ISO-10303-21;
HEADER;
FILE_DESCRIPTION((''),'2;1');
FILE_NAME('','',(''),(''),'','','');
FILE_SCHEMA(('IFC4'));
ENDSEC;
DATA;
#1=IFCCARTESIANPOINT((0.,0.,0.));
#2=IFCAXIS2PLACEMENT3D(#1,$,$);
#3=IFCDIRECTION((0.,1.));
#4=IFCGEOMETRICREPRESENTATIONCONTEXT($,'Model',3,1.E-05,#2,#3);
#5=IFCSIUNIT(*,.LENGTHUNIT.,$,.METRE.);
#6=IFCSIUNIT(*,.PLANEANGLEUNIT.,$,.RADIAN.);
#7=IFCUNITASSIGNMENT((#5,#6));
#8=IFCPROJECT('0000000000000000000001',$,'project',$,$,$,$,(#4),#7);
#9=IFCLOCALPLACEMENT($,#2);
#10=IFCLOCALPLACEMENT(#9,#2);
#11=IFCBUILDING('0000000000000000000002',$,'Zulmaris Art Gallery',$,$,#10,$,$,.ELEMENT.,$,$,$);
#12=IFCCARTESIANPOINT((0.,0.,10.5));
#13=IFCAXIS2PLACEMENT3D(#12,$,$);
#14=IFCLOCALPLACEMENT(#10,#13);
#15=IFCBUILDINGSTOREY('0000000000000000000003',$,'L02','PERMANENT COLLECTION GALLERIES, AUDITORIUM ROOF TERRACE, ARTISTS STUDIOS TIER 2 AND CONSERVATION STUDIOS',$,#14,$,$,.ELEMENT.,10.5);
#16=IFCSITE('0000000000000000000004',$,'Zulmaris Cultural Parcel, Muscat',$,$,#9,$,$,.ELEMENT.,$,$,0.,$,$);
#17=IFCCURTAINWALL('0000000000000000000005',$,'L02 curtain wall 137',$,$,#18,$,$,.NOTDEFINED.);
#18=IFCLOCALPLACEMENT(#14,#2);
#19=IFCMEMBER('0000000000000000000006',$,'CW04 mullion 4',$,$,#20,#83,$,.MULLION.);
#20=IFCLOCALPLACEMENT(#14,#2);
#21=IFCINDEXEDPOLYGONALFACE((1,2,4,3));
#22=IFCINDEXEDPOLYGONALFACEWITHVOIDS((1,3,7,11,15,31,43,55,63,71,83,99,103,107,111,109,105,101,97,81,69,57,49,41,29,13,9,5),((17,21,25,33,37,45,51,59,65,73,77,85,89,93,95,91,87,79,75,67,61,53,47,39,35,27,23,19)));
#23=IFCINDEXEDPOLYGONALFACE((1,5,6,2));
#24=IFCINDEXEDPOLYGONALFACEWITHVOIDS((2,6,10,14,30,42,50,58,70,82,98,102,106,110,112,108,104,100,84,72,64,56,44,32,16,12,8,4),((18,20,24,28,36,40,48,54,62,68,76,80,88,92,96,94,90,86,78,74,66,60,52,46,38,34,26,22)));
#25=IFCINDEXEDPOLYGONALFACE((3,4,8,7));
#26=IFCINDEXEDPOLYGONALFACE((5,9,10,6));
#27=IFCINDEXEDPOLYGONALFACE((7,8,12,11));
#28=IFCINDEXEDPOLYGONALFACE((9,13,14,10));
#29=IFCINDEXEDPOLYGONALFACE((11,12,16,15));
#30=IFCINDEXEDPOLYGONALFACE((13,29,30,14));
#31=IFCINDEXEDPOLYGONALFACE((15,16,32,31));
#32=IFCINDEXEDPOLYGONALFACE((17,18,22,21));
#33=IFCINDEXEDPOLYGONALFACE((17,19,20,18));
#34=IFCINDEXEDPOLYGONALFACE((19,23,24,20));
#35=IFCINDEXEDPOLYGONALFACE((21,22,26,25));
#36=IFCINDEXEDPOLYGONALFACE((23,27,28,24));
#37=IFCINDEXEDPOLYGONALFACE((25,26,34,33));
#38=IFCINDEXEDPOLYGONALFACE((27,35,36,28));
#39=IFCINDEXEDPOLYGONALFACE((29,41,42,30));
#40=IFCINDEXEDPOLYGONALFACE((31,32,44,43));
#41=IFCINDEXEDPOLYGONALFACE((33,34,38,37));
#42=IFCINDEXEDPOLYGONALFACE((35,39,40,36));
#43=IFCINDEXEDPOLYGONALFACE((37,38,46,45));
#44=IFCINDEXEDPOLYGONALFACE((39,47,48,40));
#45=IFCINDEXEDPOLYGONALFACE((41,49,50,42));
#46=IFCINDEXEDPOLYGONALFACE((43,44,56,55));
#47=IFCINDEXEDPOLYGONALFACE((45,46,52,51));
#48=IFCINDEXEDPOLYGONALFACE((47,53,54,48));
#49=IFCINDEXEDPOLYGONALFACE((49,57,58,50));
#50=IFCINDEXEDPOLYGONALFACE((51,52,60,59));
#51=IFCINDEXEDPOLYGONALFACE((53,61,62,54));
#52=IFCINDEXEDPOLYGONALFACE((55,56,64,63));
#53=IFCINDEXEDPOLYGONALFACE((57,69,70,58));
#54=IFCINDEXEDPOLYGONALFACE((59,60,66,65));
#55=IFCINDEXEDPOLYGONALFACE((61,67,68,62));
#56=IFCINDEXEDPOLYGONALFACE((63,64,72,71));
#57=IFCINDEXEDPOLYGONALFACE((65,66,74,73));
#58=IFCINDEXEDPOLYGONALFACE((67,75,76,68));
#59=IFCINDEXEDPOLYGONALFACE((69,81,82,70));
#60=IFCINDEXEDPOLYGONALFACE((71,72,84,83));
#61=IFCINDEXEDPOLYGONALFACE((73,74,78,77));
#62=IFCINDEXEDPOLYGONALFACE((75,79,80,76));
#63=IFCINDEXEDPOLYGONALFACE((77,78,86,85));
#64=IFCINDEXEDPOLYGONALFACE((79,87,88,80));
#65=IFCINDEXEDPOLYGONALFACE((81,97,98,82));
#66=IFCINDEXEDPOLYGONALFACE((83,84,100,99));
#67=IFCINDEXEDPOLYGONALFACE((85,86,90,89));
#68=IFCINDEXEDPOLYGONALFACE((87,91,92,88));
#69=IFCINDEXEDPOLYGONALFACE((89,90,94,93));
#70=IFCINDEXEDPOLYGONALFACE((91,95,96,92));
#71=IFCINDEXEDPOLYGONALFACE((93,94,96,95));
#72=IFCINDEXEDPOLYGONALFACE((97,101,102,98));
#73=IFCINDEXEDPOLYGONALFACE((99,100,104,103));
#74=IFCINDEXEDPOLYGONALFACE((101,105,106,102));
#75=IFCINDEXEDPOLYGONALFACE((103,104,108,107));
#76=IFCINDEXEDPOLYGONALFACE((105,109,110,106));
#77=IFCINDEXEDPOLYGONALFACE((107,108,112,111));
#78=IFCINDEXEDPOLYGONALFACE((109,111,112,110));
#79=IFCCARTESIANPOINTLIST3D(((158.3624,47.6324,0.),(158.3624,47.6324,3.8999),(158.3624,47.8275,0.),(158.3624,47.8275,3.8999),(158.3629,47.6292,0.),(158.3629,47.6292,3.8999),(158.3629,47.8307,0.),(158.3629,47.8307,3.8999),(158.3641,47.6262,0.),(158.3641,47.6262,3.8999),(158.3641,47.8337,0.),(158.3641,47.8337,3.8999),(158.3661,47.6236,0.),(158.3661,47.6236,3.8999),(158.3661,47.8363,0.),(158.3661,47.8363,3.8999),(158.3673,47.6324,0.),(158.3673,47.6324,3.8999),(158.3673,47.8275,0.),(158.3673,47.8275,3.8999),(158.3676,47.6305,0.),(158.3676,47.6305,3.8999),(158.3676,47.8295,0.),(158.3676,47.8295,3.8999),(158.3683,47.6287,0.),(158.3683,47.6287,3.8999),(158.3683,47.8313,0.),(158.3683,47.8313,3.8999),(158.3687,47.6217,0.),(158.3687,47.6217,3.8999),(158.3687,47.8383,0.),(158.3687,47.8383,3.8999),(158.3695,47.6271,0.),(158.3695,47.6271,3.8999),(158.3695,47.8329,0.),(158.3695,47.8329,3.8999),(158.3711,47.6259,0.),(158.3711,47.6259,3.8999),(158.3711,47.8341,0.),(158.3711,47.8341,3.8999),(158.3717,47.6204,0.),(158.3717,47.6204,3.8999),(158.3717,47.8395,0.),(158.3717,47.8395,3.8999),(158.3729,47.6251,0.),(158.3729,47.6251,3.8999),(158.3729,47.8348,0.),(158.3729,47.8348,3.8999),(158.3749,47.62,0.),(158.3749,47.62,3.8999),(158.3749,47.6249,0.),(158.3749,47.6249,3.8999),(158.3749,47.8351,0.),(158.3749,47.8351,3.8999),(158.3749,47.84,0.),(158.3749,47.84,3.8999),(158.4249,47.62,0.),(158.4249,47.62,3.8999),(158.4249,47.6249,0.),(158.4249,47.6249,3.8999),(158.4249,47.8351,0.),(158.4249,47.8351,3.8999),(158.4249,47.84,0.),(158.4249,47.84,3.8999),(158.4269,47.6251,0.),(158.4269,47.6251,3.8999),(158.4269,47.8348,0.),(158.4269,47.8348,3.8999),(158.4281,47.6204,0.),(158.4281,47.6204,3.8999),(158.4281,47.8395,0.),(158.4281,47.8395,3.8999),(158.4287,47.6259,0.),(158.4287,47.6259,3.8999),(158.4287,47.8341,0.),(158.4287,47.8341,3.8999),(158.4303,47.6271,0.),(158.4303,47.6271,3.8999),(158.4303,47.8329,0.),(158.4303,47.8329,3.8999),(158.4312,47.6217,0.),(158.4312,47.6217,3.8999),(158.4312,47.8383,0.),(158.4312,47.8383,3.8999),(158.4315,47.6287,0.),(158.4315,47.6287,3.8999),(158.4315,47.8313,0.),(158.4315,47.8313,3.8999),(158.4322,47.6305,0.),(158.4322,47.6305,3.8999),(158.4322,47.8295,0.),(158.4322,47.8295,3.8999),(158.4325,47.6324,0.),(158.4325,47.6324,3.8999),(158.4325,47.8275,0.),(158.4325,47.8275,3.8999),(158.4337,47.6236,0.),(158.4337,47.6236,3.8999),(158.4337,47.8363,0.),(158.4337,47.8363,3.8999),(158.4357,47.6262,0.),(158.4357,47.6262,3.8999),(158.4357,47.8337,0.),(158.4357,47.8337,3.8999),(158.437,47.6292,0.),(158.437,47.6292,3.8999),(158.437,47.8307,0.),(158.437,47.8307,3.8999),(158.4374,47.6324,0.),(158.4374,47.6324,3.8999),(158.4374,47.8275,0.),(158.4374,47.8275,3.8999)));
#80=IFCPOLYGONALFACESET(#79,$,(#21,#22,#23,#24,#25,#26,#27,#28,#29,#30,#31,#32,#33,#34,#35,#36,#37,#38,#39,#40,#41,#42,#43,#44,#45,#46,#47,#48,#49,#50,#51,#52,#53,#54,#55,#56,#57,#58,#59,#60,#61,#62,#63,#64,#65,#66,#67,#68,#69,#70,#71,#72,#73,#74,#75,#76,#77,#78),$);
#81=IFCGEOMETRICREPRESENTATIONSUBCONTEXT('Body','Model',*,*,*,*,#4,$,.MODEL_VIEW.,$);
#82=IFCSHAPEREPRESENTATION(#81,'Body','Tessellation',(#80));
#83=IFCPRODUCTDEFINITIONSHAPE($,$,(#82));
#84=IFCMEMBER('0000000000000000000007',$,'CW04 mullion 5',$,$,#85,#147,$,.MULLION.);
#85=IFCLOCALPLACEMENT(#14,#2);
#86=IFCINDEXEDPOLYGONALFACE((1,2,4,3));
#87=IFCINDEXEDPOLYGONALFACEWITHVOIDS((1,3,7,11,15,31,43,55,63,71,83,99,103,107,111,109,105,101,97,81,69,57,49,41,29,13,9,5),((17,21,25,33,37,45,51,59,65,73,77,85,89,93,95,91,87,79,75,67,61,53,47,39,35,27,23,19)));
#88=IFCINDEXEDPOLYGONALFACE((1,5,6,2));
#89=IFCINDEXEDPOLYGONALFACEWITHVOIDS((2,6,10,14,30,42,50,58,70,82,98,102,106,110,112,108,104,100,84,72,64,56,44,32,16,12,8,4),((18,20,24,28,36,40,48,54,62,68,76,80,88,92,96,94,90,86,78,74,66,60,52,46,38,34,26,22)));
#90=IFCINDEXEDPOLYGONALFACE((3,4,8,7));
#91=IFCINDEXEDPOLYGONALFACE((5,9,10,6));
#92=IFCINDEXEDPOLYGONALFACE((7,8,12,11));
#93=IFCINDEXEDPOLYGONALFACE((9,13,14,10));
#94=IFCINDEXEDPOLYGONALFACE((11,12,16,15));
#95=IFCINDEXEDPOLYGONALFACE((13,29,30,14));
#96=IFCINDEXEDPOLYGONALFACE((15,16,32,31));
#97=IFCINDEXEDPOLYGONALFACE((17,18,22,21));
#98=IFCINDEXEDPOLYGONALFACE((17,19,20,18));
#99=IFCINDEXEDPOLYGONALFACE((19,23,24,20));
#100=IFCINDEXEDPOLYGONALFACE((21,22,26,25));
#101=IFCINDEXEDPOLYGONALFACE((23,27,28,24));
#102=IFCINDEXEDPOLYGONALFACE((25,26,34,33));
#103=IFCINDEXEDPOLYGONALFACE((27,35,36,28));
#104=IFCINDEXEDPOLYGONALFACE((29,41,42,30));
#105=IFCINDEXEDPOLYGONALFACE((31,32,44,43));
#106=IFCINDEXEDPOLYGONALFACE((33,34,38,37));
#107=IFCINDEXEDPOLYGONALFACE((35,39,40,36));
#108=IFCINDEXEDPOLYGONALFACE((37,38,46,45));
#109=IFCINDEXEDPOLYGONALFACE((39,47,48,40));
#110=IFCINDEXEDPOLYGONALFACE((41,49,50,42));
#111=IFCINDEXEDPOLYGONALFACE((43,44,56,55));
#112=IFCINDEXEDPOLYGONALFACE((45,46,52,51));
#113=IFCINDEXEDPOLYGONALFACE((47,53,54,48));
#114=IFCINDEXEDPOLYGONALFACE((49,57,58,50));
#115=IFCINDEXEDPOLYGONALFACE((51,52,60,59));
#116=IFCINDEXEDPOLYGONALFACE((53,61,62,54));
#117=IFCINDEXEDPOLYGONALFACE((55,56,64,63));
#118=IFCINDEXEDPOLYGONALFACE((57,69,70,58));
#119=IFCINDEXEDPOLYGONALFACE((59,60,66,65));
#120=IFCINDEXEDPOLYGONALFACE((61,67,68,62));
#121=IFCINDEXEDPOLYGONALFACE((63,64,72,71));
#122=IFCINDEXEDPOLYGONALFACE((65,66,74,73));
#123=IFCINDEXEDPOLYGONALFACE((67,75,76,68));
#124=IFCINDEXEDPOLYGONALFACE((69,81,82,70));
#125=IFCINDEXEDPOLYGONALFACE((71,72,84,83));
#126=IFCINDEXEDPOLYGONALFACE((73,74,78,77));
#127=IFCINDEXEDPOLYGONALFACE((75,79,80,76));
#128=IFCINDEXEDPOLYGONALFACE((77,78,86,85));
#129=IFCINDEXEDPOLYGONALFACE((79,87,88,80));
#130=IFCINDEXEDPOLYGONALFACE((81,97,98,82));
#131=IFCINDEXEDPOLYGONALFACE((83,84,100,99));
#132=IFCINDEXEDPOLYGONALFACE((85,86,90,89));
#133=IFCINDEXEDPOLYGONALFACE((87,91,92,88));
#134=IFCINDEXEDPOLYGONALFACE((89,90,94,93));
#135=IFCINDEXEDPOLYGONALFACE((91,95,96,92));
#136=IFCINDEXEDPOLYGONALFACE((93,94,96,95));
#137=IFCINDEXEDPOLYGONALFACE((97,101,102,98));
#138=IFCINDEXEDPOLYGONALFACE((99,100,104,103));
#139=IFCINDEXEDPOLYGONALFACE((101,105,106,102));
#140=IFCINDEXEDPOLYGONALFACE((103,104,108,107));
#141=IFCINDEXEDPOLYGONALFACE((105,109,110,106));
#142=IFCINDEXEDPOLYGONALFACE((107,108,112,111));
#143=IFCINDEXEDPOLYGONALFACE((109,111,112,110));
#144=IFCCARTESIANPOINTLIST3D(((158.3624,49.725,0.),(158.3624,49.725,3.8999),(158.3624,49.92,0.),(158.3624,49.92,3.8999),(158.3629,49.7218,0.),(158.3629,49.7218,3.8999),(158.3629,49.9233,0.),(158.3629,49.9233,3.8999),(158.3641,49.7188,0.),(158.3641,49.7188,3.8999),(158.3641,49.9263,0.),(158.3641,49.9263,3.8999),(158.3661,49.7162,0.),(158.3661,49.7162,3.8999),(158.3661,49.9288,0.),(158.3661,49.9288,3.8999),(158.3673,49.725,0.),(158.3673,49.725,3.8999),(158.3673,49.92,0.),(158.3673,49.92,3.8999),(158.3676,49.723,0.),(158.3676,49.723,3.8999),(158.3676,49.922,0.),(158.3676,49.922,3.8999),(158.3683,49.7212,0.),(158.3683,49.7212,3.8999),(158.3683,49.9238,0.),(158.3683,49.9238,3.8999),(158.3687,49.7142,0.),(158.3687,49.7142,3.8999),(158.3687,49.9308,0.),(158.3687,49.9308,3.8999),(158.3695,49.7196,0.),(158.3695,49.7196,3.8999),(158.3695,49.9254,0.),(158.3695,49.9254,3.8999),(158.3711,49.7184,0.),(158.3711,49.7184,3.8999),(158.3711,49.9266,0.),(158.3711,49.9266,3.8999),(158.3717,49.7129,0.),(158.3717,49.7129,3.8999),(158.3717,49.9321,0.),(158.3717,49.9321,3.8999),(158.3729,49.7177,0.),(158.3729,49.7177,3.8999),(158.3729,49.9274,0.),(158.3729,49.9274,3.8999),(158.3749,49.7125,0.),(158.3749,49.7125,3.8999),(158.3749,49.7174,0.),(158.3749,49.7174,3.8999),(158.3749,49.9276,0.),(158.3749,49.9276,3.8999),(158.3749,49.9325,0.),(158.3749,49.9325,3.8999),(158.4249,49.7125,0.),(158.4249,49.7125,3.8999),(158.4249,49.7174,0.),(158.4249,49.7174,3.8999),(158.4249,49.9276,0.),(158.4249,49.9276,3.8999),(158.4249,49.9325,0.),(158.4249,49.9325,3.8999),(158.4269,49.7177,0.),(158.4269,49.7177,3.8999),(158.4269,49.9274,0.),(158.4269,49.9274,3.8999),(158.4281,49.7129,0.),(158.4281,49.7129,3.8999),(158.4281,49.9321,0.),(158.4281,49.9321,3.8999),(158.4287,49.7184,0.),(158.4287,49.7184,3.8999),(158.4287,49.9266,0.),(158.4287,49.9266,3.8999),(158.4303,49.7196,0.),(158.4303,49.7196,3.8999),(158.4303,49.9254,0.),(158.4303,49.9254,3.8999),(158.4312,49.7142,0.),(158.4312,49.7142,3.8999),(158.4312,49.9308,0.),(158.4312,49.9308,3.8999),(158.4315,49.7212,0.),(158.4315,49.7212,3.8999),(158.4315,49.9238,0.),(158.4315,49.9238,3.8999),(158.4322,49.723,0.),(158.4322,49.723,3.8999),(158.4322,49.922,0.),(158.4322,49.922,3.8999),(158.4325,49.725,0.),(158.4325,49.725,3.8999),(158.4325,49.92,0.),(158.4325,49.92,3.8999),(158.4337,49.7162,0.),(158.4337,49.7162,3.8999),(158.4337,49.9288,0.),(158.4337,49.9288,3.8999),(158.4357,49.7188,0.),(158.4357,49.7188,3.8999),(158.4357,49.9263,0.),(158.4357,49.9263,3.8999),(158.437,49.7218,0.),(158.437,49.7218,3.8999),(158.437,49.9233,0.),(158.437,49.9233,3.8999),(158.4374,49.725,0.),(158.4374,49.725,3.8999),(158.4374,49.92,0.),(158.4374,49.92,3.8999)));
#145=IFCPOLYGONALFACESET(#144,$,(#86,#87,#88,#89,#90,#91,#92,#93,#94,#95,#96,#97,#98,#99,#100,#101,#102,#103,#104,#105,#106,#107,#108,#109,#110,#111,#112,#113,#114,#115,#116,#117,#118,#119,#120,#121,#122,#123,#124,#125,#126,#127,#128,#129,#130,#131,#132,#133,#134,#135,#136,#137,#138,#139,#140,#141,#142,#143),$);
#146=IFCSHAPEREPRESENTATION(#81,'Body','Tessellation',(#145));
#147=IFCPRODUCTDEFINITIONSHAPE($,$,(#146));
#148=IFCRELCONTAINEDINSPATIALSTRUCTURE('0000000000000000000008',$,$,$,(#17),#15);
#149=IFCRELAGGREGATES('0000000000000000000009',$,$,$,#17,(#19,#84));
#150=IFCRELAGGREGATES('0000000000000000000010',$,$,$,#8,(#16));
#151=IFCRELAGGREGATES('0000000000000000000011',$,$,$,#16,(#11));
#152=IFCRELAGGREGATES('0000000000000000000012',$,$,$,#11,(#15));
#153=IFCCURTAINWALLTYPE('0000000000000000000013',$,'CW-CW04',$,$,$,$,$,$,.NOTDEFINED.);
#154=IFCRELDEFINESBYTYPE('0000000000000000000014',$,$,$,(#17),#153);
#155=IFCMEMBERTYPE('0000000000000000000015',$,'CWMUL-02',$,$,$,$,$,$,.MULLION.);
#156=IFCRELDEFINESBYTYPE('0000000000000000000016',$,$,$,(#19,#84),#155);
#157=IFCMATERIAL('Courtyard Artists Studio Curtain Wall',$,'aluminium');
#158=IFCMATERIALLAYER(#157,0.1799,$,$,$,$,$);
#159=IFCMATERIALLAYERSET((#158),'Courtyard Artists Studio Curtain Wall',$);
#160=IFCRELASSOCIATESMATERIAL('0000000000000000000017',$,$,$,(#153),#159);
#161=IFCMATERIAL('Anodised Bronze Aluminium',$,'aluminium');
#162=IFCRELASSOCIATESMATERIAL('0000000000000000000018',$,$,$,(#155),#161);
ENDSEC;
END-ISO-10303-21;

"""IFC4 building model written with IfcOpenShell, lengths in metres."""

from ifc_helpers import new_model, si_unit, direction, frame, origin, origin_2d, place, context, subcontext, project, spatial, hollow_rectangle, extrude, material, layer, layer_set, material_profile, profile_set, type_object, element, aggregate, save


model = new_model("IFC4")

# Units and contexts
model_context = context("Model", 3, precision=1e-05, world=origin(), true_north=direction((0.0, 1.0)))
body_context = subcontext(model_context, "Body", "Model", "MODEL_VIEW")
ifc_project = project(units=[si_unit("LENGTHUNIT", "METRE"), si_unit("PLANEANGLEUNIT", "RADIAN")], contexts=[model_context])

# Site, building, storey
site_placement = place(None, origin())
site = spatial("IfcSite", under=ifc_project, at=site_placement, Name="Zulmaris Cultural Parcel, Muscat", CompositionType="ELEMENT", RefElevation=0.0)
building_placement = place(site_placement, origin())
building = spatial("IfcBuilding", under=site, at=building_placement, Name="Zulmaris Art Gallery", CompositionType="ELEMENT")
storey_placement = place(building_placement, frame((0.0, 0.0, 10.5)))
storey = spatial("IfcBuildingStorey", under=building, at=storey_placement, Name="L02", Description="PERMANENT COLLECTION GALLERIES, AUDITORIUM ROOF TERRACE, ARTISTS STUDIOS TIER 2 AND CONSERVATION STUDIOS", CompositionType="ELEMENT", Elevation=10.5)

# Curtain wall, members
ifc_material_1 = material(Name="Courtyard Artists Studio Curtain Wall", Category="aluminium")
ifc_layer_1 = layer(ifc_material_1, 0.1799)
ifc_layer_set_1 = layer_set([ifc_layer_1], Name="Courtyard Artists Studio Curtain Wall")
curtain_wall_type = type_object("IfcCurtainWallType", Name="CW-CW04", PredefinedType="NOTDEFINED", material=ifc_layer_set_1)
curtain_wall_1_placement = place(storey_placement, origin())
curtain_wall_1 = element("IfcCurtainWall", 1, at=curtain_wall_1_placement, inside=storey, type_object=curtain_wall_type, Name="L02 curtain wall 137", PredefinedType="NOTDEFINED")
ifc_material_2 = material(Name="Anodised Bronze Aluminium", Category="aluminium")
ifc_material_profile_1 = material_profile(ifc_material_2, hollow_rectangle(XDim=0.075, YDim=0.22, WallThickness=0.0049, InnerFilletRadius=0.0076, OuterFilletRadius=0.0125, at=origin_2d()), Name="ALU 75x220x5")
ifc_profile_set_1 = profile_set([ifc_material_profile_1], Name="Anodised Bronze Aluminium")
member_type_1 = type_object("IfcMemberType", Name="CWMUL-02", PredefinedType="MULLION", material=ifc_profile_set_1)
member_1_placement = place(storey_placement, frame((158.3999, 47.73, 0.0), z_axis=(0.0, 0.0, 1.0), x_axis=(-1.0, 0.0, 0.0)))
member_1 = element("IfcMember", 2, at=member_1_placement, type_object=member_type_1, Name="CW04 mullion 4", PredefinedType="MULLION", context=body_context, shape_type="SweptSolid", body=[
    extrude(hollow_rectangle(XDim=0.075, YDim=0.22, WallThickness=0.0049, InnerFilletRadius=0.0076, OuterFilletRadius=0.0125, at=origin_2d()), origin(), (0.0, 0.0, 1.0), 3.8999),
])
member_2_placement = place(storey_placement, frame((158.3999, 49.8225, 0.0), z_axis=(0.0, 0.0, 1.0), x_axis=(-1.0, 0.0, 0.0)))
member_2 = element("IfcMember", 3, at=member_2_placement, type_object=member_type_1, Name="CW04 mullion 5", PredefinedType="MULLION", context=body_context, shape_type="SweptSolid", body=[
    extrude(hollow_rectangle(XDim=0.075, YDim=0.22, WallThickness=0.0049, InnerFilletRadius=0.0076, OuterFilletRadius=0.0125, at=origin_2d()), origin(), (0.0, 0.0, 1.0), 3.8999),
])

aggregate(curtain_wall_1, [member_1, member_2])

save(model, "model.ifc")
